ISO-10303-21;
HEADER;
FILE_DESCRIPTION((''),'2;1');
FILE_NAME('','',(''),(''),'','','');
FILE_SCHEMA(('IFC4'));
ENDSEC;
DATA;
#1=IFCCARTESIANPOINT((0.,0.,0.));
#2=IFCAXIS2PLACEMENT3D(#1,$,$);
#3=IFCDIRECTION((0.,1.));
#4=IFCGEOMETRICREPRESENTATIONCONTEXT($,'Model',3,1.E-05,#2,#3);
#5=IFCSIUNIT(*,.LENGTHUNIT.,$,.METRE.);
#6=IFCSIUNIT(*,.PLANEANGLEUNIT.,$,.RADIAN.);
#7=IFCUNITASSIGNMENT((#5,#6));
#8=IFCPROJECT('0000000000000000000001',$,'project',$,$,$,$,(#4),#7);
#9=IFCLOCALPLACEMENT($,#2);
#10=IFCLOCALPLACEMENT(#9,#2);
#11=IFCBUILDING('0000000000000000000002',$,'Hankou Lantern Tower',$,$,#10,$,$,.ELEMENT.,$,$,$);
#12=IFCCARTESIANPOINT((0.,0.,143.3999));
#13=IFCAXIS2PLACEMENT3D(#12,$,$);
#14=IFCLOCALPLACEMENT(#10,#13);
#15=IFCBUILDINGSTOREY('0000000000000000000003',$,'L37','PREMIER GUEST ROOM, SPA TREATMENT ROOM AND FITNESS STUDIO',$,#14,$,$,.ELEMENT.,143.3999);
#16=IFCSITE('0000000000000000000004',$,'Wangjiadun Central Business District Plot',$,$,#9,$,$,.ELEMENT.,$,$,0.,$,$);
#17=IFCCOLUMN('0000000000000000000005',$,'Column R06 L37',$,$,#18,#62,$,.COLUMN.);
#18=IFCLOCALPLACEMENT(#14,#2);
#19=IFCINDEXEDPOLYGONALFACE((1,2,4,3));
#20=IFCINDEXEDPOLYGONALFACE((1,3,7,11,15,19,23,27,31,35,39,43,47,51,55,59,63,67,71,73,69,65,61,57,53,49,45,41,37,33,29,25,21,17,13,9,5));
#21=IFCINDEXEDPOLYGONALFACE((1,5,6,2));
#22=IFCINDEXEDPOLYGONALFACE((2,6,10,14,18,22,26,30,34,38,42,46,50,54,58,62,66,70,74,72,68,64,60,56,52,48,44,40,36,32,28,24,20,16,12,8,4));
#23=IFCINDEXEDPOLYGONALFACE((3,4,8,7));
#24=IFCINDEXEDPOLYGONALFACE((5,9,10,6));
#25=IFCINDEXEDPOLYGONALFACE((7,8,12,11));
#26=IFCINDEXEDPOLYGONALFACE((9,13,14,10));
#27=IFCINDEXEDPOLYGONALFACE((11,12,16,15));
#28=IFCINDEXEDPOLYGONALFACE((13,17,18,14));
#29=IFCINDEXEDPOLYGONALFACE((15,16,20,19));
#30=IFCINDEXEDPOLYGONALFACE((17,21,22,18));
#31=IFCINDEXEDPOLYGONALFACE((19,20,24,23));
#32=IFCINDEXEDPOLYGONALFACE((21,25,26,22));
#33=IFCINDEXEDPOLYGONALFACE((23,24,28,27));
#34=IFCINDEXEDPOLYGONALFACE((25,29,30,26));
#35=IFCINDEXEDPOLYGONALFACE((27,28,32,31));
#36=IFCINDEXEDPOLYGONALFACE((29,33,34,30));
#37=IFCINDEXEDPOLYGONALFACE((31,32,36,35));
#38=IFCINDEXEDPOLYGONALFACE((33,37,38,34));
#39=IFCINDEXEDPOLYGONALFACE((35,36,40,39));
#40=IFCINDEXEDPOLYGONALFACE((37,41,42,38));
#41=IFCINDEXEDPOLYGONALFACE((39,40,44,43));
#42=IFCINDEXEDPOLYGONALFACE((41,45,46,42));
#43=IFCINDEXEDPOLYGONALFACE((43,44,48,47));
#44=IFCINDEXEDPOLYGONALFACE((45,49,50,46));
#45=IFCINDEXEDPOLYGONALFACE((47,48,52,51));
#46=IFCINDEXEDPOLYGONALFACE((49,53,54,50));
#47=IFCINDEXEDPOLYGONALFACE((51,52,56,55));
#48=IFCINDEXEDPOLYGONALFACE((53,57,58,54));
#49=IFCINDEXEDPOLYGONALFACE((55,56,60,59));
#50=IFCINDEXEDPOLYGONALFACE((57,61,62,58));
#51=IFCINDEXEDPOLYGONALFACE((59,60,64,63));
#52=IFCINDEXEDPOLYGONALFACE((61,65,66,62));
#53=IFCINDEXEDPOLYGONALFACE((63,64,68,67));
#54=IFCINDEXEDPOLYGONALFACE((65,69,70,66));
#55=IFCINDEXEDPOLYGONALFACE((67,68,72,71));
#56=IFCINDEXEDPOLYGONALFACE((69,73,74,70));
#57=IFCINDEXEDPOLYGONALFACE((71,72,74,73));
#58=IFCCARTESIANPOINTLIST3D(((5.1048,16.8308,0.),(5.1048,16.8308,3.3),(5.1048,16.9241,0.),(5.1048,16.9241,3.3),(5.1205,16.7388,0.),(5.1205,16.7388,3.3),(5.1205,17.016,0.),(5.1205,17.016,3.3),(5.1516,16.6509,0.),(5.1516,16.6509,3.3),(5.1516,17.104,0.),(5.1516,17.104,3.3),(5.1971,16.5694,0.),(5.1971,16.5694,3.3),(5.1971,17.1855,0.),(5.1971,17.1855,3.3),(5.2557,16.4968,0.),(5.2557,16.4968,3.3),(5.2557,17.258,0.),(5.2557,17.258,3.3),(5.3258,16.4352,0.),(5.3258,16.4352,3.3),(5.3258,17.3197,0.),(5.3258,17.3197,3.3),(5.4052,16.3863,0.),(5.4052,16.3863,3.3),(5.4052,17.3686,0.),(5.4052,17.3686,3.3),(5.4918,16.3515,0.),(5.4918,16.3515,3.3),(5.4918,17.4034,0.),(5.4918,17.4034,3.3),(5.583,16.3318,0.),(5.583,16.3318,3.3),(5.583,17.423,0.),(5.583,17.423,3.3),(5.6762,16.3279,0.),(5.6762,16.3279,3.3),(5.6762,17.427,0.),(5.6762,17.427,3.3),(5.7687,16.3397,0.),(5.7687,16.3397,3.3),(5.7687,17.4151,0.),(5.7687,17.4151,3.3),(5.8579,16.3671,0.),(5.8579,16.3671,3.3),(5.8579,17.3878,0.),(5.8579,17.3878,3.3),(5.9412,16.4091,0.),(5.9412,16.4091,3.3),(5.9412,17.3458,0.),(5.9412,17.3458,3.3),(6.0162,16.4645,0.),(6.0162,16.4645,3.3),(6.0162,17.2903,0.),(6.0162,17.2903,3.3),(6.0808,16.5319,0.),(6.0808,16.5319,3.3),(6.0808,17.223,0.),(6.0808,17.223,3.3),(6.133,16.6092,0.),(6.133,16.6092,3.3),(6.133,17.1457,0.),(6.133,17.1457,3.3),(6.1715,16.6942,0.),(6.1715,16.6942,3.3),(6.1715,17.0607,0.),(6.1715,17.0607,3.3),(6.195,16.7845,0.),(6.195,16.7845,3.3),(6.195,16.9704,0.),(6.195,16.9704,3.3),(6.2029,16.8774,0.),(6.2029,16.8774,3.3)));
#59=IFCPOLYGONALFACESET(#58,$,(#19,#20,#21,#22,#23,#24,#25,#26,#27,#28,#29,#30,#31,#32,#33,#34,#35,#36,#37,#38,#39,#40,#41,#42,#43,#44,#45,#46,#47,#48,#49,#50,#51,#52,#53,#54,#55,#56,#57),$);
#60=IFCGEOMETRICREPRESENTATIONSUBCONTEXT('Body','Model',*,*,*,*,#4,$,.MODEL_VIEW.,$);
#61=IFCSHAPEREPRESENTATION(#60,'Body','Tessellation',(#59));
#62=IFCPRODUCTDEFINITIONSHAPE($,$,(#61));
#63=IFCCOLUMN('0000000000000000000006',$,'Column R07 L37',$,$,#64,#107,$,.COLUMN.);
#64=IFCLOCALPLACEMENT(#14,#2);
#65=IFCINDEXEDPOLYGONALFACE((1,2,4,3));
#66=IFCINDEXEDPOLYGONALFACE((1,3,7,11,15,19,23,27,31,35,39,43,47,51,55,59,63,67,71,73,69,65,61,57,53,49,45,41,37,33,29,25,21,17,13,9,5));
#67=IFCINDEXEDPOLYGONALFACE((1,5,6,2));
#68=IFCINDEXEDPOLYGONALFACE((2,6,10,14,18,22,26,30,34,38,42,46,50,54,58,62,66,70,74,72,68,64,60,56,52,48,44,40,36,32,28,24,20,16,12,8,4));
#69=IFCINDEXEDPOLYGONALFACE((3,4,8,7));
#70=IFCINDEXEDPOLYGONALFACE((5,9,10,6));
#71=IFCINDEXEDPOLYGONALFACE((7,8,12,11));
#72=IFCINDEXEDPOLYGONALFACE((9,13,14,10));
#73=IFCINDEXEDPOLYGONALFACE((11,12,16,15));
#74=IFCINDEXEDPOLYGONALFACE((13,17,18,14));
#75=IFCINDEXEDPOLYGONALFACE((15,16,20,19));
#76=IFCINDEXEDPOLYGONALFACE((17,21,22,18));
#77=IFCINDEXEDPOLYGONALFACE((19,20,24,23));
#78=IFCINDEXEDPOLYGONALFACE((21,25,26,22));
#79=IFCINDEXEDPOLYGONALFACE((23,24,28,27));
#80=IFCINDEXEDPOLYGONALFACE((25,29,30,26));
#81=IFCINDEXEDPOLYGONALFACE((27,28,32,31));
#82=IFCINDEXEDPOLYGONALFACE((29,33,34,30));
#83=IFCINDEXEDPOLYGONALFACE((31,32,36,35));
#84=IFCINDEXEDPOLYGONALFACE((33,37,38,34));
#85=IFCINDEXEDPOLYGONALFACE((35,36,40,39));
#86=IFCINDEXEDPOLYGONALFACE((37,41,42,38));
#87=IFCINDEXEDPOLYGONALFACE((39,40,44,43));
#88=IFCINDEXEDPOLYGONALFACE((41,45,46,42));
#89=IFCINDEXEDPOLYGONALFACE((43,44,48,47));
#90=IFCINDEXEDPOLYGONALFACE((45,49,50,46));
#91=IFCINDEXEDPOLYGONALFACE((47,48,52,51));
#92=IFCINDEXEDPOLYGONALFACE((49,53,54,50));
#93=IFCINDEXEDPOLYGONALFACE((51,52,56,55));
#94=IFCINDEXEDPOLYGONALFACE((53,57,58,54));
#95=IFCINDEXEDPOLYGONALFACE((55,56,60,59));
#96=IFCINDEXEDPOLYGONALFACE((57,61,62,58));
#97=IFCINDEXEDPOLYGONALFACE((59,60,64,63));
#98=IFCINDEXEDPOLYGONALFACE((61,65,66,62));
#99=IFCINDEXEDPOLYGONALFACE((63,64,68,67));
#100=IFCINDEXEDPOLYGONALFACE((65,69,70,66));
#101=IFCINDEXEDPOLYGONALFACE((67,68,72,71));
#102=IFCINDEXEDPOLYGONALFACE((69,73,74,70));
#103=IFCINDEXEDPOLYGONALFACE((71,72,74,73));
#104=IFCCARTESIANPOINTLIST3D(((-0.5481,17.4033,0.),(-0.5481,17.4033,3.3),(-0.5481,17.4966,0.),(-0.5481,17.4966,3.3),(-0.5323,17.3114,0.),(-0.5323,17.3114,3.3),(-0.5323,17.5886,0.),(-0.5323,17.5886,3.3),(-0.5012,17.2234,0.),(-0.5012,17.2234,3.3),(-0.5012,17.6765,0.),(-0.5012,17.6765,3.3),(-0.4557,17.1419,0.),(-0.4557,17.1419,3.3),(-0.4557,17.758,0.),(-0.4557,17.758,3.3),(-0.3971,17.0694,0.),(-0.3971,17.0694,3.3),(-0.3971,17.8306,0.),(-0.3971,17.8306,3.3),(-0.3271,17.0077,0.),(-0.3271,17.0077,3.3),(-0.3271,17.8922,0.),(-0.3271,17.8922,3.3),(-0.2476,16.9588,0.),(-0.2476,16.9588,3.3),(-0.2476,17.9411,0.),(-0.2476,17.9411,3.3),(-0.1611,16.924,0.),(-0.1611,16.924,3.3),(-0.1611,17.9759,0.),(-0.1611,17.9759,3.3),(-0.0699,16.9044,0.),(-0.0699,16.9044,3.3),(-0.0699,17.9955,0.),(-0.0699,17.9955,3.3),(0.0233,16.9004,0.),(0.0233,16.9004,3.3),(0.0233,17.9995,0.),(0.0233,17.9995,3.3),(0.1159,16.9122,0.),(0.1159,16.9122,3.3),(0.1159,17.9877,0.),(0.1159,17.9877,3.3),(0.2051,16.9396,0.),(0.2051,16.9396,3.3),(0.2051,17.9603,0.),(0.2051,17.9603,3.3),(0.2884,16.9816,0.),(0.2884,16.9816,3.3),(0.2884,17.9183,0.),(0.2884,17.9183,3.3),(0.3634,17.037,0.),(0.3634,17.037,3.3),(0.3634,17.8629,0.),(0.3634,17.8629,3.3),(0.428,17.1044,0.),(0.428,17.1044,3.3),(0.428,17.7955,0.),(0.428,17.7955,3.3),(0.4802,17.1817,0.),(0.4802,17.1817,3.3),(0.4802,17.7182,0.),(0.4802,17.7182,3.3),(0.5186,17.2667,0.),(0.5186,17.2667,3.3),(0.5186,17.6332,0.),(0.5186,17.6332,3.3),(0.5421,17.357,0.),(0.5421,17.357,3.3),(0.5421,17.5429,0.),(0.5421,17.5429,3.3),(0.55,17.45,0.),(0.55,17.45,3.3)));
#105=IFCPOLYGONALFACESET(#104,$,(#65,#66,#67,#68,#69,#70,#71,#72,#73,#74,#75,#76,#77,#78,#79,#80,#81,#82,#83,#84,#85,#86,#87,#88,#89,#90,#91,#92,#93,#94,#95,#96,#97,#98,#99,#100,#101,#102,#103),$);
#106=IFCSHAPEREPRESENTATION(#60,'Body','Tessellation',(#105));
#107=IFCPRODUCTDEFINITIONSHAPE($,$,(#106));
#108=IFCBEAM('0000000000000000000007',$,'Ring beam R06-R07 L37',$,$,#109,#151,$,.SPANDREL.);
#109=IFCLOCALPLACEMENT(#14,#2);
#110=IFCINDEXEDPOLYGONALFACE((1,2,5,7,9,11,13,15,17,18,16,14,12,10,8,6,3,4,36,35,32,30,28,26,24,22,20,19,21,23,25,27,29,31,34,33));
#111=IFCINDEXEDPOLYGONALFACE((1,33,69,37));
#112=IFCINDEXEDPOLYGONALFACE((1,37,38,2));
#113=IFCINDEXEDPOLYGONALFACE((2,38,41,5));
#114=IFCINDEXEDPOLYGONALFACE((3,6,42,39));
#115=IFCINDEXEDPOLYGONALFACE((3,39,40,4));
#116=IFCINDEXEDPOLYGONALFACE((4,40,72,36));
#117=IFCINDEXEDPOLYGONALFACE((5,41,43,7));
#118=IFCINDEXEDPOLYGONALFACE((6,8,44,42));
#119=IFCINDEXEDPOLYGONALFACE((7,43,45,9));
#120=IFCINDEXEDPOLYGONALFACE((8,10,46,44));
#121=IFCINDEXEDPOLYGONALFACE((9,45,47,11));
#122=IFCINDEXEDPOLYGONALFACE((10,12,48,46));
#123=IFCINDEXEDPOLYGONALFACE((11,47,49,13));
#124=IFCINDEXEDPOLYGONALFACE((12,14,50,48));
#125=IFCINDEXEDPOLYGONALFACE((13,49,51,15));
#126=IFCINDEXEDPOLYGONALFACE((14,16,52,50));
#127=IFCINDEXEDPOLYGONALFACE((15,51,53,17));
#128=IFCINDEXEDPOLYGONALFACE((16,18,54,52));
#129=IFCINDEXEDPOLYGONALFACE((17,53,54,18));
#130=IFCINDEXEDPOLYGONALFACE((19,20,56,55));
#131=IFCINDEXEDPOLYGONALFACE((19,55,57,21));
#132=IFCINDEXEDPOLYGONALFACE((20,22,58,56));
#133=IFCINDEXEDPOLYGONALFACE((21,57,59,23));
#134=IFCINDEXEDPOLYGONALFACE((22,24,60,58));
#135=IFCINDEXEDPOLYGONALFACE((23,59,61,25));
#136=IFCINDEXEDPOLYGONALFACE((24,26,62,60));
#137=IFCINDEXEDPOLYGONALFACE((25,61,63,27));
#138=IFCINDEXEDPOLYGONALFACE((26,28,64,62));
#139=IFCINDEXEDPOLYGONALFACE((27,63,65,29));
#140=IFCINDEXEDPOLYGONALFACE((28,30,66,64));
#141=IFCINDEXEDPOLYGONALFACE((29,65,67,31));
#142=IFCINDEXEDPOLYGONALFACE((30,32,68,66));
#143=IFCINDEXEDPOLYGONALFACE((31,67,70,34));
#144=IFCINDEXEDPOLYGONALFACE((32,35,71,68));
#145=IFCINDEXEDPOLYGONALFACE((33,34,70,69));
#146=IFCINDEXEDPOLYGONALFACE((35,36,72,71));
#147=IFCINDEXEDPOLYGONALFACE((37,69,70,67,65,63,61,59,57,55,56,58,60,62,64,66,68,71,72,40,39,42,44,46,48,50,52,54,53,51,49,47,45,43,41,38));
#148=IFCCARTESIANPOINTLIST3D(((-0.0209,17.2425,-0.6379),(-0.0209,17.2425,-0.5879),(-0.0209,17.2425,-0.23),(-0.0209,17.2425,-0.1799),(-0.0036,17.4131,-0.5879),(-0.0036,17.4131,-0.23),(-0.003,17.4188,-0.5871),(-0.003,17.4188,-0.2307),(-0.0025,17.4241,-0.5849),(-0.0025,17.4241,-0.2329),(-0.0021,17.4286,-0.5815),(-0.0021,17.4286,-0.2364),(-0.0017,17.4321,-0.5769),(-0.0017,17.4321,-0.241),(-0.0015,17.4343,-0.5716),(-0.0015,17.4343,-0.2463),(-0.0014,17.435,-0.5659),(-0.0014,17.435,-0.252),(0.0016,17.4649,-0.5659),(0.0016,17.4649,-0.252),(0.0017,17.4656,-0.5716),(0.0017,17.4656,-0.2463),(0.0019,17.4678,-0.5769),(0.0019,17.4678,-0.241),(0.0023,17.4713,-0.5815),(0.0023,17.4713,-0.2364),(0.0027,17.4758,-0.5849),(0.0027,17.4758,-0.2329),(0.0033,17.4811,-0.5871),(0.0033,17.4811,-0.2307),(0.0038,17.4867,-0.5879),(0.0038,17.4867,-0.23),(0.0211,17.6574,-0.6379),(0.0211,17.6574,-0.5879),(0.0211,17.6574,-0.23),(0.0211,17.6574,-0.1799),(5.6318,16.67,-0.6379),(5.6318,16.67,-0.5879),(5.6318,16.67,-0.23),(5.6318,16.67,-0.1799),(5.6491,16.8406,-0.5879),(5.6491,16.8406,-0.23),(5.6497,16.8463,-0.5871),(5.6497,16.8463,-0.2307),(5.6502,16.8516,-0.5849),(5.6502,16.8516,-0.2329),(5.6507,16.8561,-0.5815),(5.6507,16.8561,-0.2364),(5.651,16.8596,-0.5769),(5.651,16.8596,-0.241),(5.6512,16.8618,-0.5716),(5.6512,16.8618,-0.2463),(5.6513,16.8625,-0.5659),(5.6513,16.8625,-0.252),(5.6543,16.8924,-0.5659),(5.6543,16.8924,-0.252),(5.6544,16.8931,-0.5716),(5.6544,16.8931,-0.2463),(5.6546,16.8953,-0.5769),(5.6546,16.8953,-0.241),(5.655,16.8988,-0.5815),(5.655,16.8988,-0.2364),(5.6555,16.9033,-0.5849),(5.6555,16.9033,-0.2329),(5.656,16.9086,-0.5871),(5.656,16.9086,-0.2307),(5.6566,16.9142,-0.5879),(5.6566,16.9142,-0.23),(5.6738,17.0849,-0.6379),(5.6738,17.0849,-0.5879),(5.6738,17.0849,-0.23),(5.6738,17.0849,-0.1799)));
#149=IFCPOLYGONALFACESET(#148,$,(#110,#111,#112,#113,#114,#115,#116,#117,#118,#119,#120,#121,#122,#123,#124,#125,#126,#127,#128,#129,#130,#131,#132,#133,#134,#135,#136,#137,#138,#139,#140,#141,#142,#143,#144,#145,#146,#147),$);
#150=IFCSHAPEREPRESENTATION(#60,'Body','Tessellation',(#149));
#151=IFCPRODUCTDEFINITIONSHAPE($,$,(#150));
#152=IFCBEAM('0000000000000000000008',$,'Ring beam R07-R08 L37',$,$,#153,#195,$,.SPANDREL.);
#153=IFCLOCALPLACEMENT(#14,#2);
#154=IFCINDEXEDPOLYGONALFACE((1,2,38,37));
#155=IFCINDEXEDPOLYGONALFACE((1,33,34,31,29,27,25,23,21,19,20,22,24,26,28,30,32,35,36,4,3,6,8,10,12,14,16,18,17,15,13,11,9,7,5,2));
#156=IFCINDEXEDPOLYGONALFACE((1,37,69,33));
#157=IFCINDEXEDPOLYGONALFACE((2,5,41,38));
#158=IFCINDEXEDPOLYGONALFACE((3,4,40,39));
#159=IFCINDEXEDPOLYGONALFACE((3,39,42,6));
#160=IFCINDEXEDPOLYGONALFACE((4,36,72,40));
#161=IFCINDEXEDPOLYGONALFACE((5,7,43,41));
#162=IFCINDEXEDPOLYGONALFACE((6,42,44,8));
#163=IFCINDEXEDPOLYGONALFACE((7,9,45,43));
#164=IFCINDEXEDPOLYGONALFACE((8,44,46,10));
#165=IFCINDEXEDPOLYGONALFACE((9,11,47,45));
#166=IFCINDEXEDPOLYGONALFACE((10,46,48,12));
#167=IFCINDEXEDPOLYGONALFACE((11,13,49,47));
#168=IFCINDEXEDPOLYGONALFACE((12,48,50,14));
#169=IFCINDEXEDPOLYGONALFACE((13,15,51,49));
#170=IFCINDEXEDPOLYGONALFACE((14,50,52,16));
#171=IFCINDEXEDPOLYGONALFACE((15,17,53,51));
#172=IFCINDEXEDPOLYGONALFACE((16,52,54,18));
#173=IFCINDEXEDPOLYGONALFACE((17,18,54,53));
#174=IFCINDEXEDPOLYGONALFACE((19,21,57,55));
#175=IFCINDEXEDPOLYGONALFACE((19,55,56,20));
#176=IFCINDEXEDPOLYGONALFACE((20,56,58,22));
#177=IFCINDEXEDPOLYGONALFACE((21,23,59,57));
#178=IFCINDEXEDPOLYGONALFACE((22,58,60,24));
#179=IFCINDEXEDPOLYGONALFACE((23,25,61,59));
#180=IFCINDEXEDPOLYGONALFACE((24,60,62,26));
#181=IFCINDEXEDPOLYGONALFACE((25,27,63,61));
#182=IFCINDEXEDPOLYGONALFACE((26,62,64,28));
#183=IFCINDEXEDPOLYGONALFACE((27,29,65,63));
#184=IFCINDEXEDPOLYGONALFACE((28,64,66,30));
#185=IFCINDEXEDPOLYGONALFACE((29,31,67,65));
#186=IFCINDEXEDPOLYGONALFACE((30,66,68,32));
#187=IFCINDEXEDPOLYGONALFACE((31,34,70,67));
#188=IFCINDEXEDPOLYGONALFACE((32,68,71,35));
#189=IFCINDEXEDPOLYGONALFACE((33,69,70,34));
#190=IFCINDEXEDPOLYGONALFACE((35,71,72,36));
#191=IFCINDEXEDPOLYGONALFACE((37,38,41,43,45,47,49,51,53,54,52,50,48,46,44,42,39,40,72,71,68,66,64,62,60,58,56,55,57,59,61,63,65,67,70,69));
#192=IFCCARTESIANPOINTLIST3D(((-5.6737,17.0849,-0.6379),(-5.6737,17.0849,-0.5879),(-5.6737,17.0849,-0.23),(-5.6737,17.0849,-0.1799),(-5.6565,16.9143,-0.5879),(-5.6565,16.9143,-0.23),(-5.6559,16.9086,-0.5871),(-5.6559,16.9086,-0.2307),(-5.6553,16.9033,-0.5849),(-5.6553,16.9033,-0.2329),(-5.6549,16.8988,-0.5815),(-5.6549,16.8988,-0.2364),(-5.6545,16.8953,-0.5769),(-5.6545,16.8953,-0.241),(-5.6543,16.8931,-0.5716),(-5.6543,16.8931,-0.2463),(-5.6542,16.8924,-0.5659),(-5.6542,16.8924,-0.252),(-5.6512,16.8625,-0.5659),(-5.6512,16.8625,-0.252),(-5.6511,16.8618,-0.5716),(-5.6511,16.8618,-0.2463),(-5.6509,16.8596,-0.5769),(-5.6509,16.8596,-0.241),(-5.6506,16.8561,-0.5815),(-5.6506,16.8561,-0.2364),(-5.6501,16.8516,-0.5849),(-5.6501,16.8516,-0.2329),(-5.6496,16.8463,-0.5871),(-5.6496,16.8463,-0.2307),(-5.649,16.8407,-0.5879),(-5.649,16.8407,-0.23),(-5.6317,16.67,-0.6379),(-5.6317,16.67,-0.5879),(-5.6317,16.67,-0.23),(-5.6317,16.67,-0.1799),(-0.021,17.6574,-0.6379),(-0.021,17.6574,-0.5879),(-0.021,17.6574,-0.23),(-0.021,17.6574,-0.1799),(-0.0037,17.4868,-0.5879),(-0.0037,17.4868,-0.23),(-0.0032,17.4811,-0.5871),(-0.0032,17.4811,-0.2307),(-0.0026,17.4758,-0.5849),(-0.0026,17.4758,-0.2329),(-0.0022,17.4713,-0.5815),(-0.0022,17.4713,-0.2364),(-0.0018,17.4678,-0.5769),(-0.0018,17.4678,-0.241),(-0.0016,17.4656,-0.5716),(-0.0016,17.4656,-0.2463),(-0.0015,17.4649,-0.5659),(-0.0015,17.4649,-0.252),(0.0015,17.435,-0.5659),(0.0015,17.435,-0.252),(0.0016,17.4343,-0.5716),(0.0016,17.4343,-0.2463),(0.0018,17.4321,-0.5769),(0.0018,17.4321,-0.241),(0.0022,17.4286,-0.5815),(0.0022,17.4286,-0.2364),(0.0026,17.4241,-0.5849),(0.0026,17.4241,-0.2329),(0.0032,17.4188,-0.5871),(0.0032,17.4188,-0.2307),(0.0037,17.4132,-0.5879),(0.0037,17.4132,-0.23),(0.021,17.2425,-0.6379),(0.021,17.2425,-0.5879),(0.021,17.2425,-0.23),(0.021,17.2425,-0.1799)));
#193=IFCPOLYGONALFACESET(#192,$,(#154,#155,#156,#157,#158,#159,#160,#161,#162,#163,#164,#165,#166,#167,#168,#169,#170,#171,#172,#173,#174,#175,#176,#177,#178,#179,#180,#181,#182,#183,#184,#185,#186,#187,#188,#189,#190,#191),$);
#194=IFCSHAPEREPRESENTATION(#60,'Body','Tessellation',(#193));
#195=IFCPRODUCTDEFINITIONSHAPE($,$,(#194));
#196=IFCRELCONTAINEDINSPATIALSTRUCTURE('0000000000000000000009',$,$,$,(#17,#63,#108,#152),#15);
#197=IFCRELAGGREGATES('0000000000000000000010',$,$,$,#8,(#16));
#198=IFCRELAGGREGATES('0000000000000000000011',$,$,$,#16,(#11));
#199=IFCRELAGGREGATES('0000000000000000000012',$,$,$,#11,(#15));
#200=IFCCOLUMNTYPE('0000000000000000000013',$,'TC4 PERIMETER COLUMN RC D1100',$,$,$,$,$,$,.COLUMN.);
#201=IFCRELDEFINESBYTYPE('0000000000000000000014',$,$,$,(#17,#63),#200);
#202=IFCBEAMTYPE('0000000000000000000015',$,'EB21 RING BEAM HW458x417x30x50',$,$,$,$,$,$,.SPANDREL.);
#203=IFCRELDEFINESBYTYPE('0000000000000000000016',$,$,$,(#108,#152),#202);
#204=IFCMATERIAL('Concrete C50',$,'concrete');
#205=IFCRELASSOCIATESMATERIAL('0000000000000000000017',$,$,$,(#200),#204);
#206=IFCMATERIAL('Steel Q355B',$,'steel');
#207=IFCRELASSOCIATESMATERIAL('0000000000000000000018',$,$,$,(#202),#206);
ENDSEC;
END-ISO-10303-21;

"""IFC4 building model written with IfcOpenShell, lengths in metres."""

from ifc_helpers import new_model, si_unit, direction, frame, origin, origin_2d, place, context, subcontext, project, spatial, circle, i_section, extrude, material, material_profile, profile_set, type_object, element, save


model = new_model("IFC4")

# Units and contexts
model_context = context("Model", 3, precision=1e-05, world=origin(), true_north=direction((0.0, 1.0)))
body_context = subcontext(model_context, "Body", "Model", "MODEL_VIEW")
ifc_project = project(units=[si_unit("LENGTHUNIT", "METRE"), si_unit("PLANEANGLEUNIT", "RADIAN")], contexts=[model_context])

# Site, building, storey
site_placement = place(None, origin())
site = spatial("IfcSite", under=ifc_project, at=site_placement, Name="Wangjiadun Central Business District Plot", CompositionType="ELEMENT", RefElevation=0.0)
building_placement = place(site_placement, origin())
building = spatial("IfcBuilding", under=site, at=building_placement, Name="Hankou Lantern Tower", CompositionType="ELEMENT")
storey_placement = place(building_placement, frame((0.0, 0.0, 143.3999)))
storey = spatial("IfcBuildingStorey", under=building, at=storey_placement, Name="L37", Description="PREMIER GUEST ROOM, SPA TREATMENT ROOM AND FITNESS STUDIO", CompositionType="ELEMENT", Elevation=143.3999)

# Columns
ifc_material_1 = material(Name="Concrete C50", Category="concrete")
ifc_material_profile_1 = material_profile(ifc_material_1, circle(Radius=0.55, at=origin_2d()), Name="RC D1100")
ifc_profile_set_1 = profile_set([ifc_material_profile_1], Name="Concrete C50")
column_type = type_object("IfcColumnType", Name="TC4 PERIMETER COLUMN RC D1100", PredefinedType="COLUMN", material=ifc_profile_set_1)
for number, where, z_axis, x_axis, name in (
    (1, (5.6528, 16.8774, 0.0), (0.0, 0.0, 1.0), (1.0, 0.0, 0.0), "Column R06 L37"),
    (2, (0.0, 17.45, 0.0), (0.0, 0.0, 1.0), (1.0, 0.0, 0.0), "Column R07 L37"),
):
    element("IfcColumn", number, at=place(storey_placement, frame(where, z_axis=z_axis, x_axis=x_axis)), inside=storey, type_object=column_type, Name=name, PredefinedType="COLUMN", context=body_context, shape_type="SweptSolid", body=[
        extrude(circle(Radius=0.55, at=origin_2d()), origin(), (0.0, 0.0, 1.0), 3.3),
    ])

# Beams
ifc_material_2 = material(Name="Steel Q355B", Category="steel")
ifc_material_profile_2 = material_profile(ifc_material_2, i_section(OverallWidth=0.417, OverallDepth=0.458, WebThickness=0.03, FlangeThickness=0.05, FilletRadius=0.022, at=origin_2d()), Name="HW458x417x30x50")
ifc_profile_set_2 = profile_set([ifc_material_profile_2], Name="Steel Q355B")
beam_type_1 = type_object("IfcBeamType", Name="EB21 RING BEAM HW458x417x30x50", PredefinedType="SPANDREL", material=ifc_profile_set_2)
for number, where, z_axis, x_axis, name in (
    (3, (5.6528, 16.8774, -0.4089), (-0.99491, 0.100763, 0.0), (-0.100763, -0.99491, 0.0), "Ring beam R06-R07 L37"),
    (4, (0.0, 17.45, -0.4089), (-0.99491, -0.100763, 0.0), (0.100763, -0.99491, 0.0), "Ring beam R07-R08 L37"),
):
    element("IfcBeam", number, at=place(storey_placement, frame(where, z_axis=z_axis, x_axis=x_axis)), inside=storey, type_object=beam_type_1, Name=name, PredefinedType="SPANDREL", context=body_context, shape_type="SweptSolid", body=[
        extrude(i_section(OverallWidth=0.417, OverallDepth=0.458, WebThickness=0.03, FlangeThickness=0.05, FilletRadius=0.022, at=origin_2d()), origin(), (0.0, 0.0, 1.0), 5.6816),
    ])

save(model, "model.ifc")
